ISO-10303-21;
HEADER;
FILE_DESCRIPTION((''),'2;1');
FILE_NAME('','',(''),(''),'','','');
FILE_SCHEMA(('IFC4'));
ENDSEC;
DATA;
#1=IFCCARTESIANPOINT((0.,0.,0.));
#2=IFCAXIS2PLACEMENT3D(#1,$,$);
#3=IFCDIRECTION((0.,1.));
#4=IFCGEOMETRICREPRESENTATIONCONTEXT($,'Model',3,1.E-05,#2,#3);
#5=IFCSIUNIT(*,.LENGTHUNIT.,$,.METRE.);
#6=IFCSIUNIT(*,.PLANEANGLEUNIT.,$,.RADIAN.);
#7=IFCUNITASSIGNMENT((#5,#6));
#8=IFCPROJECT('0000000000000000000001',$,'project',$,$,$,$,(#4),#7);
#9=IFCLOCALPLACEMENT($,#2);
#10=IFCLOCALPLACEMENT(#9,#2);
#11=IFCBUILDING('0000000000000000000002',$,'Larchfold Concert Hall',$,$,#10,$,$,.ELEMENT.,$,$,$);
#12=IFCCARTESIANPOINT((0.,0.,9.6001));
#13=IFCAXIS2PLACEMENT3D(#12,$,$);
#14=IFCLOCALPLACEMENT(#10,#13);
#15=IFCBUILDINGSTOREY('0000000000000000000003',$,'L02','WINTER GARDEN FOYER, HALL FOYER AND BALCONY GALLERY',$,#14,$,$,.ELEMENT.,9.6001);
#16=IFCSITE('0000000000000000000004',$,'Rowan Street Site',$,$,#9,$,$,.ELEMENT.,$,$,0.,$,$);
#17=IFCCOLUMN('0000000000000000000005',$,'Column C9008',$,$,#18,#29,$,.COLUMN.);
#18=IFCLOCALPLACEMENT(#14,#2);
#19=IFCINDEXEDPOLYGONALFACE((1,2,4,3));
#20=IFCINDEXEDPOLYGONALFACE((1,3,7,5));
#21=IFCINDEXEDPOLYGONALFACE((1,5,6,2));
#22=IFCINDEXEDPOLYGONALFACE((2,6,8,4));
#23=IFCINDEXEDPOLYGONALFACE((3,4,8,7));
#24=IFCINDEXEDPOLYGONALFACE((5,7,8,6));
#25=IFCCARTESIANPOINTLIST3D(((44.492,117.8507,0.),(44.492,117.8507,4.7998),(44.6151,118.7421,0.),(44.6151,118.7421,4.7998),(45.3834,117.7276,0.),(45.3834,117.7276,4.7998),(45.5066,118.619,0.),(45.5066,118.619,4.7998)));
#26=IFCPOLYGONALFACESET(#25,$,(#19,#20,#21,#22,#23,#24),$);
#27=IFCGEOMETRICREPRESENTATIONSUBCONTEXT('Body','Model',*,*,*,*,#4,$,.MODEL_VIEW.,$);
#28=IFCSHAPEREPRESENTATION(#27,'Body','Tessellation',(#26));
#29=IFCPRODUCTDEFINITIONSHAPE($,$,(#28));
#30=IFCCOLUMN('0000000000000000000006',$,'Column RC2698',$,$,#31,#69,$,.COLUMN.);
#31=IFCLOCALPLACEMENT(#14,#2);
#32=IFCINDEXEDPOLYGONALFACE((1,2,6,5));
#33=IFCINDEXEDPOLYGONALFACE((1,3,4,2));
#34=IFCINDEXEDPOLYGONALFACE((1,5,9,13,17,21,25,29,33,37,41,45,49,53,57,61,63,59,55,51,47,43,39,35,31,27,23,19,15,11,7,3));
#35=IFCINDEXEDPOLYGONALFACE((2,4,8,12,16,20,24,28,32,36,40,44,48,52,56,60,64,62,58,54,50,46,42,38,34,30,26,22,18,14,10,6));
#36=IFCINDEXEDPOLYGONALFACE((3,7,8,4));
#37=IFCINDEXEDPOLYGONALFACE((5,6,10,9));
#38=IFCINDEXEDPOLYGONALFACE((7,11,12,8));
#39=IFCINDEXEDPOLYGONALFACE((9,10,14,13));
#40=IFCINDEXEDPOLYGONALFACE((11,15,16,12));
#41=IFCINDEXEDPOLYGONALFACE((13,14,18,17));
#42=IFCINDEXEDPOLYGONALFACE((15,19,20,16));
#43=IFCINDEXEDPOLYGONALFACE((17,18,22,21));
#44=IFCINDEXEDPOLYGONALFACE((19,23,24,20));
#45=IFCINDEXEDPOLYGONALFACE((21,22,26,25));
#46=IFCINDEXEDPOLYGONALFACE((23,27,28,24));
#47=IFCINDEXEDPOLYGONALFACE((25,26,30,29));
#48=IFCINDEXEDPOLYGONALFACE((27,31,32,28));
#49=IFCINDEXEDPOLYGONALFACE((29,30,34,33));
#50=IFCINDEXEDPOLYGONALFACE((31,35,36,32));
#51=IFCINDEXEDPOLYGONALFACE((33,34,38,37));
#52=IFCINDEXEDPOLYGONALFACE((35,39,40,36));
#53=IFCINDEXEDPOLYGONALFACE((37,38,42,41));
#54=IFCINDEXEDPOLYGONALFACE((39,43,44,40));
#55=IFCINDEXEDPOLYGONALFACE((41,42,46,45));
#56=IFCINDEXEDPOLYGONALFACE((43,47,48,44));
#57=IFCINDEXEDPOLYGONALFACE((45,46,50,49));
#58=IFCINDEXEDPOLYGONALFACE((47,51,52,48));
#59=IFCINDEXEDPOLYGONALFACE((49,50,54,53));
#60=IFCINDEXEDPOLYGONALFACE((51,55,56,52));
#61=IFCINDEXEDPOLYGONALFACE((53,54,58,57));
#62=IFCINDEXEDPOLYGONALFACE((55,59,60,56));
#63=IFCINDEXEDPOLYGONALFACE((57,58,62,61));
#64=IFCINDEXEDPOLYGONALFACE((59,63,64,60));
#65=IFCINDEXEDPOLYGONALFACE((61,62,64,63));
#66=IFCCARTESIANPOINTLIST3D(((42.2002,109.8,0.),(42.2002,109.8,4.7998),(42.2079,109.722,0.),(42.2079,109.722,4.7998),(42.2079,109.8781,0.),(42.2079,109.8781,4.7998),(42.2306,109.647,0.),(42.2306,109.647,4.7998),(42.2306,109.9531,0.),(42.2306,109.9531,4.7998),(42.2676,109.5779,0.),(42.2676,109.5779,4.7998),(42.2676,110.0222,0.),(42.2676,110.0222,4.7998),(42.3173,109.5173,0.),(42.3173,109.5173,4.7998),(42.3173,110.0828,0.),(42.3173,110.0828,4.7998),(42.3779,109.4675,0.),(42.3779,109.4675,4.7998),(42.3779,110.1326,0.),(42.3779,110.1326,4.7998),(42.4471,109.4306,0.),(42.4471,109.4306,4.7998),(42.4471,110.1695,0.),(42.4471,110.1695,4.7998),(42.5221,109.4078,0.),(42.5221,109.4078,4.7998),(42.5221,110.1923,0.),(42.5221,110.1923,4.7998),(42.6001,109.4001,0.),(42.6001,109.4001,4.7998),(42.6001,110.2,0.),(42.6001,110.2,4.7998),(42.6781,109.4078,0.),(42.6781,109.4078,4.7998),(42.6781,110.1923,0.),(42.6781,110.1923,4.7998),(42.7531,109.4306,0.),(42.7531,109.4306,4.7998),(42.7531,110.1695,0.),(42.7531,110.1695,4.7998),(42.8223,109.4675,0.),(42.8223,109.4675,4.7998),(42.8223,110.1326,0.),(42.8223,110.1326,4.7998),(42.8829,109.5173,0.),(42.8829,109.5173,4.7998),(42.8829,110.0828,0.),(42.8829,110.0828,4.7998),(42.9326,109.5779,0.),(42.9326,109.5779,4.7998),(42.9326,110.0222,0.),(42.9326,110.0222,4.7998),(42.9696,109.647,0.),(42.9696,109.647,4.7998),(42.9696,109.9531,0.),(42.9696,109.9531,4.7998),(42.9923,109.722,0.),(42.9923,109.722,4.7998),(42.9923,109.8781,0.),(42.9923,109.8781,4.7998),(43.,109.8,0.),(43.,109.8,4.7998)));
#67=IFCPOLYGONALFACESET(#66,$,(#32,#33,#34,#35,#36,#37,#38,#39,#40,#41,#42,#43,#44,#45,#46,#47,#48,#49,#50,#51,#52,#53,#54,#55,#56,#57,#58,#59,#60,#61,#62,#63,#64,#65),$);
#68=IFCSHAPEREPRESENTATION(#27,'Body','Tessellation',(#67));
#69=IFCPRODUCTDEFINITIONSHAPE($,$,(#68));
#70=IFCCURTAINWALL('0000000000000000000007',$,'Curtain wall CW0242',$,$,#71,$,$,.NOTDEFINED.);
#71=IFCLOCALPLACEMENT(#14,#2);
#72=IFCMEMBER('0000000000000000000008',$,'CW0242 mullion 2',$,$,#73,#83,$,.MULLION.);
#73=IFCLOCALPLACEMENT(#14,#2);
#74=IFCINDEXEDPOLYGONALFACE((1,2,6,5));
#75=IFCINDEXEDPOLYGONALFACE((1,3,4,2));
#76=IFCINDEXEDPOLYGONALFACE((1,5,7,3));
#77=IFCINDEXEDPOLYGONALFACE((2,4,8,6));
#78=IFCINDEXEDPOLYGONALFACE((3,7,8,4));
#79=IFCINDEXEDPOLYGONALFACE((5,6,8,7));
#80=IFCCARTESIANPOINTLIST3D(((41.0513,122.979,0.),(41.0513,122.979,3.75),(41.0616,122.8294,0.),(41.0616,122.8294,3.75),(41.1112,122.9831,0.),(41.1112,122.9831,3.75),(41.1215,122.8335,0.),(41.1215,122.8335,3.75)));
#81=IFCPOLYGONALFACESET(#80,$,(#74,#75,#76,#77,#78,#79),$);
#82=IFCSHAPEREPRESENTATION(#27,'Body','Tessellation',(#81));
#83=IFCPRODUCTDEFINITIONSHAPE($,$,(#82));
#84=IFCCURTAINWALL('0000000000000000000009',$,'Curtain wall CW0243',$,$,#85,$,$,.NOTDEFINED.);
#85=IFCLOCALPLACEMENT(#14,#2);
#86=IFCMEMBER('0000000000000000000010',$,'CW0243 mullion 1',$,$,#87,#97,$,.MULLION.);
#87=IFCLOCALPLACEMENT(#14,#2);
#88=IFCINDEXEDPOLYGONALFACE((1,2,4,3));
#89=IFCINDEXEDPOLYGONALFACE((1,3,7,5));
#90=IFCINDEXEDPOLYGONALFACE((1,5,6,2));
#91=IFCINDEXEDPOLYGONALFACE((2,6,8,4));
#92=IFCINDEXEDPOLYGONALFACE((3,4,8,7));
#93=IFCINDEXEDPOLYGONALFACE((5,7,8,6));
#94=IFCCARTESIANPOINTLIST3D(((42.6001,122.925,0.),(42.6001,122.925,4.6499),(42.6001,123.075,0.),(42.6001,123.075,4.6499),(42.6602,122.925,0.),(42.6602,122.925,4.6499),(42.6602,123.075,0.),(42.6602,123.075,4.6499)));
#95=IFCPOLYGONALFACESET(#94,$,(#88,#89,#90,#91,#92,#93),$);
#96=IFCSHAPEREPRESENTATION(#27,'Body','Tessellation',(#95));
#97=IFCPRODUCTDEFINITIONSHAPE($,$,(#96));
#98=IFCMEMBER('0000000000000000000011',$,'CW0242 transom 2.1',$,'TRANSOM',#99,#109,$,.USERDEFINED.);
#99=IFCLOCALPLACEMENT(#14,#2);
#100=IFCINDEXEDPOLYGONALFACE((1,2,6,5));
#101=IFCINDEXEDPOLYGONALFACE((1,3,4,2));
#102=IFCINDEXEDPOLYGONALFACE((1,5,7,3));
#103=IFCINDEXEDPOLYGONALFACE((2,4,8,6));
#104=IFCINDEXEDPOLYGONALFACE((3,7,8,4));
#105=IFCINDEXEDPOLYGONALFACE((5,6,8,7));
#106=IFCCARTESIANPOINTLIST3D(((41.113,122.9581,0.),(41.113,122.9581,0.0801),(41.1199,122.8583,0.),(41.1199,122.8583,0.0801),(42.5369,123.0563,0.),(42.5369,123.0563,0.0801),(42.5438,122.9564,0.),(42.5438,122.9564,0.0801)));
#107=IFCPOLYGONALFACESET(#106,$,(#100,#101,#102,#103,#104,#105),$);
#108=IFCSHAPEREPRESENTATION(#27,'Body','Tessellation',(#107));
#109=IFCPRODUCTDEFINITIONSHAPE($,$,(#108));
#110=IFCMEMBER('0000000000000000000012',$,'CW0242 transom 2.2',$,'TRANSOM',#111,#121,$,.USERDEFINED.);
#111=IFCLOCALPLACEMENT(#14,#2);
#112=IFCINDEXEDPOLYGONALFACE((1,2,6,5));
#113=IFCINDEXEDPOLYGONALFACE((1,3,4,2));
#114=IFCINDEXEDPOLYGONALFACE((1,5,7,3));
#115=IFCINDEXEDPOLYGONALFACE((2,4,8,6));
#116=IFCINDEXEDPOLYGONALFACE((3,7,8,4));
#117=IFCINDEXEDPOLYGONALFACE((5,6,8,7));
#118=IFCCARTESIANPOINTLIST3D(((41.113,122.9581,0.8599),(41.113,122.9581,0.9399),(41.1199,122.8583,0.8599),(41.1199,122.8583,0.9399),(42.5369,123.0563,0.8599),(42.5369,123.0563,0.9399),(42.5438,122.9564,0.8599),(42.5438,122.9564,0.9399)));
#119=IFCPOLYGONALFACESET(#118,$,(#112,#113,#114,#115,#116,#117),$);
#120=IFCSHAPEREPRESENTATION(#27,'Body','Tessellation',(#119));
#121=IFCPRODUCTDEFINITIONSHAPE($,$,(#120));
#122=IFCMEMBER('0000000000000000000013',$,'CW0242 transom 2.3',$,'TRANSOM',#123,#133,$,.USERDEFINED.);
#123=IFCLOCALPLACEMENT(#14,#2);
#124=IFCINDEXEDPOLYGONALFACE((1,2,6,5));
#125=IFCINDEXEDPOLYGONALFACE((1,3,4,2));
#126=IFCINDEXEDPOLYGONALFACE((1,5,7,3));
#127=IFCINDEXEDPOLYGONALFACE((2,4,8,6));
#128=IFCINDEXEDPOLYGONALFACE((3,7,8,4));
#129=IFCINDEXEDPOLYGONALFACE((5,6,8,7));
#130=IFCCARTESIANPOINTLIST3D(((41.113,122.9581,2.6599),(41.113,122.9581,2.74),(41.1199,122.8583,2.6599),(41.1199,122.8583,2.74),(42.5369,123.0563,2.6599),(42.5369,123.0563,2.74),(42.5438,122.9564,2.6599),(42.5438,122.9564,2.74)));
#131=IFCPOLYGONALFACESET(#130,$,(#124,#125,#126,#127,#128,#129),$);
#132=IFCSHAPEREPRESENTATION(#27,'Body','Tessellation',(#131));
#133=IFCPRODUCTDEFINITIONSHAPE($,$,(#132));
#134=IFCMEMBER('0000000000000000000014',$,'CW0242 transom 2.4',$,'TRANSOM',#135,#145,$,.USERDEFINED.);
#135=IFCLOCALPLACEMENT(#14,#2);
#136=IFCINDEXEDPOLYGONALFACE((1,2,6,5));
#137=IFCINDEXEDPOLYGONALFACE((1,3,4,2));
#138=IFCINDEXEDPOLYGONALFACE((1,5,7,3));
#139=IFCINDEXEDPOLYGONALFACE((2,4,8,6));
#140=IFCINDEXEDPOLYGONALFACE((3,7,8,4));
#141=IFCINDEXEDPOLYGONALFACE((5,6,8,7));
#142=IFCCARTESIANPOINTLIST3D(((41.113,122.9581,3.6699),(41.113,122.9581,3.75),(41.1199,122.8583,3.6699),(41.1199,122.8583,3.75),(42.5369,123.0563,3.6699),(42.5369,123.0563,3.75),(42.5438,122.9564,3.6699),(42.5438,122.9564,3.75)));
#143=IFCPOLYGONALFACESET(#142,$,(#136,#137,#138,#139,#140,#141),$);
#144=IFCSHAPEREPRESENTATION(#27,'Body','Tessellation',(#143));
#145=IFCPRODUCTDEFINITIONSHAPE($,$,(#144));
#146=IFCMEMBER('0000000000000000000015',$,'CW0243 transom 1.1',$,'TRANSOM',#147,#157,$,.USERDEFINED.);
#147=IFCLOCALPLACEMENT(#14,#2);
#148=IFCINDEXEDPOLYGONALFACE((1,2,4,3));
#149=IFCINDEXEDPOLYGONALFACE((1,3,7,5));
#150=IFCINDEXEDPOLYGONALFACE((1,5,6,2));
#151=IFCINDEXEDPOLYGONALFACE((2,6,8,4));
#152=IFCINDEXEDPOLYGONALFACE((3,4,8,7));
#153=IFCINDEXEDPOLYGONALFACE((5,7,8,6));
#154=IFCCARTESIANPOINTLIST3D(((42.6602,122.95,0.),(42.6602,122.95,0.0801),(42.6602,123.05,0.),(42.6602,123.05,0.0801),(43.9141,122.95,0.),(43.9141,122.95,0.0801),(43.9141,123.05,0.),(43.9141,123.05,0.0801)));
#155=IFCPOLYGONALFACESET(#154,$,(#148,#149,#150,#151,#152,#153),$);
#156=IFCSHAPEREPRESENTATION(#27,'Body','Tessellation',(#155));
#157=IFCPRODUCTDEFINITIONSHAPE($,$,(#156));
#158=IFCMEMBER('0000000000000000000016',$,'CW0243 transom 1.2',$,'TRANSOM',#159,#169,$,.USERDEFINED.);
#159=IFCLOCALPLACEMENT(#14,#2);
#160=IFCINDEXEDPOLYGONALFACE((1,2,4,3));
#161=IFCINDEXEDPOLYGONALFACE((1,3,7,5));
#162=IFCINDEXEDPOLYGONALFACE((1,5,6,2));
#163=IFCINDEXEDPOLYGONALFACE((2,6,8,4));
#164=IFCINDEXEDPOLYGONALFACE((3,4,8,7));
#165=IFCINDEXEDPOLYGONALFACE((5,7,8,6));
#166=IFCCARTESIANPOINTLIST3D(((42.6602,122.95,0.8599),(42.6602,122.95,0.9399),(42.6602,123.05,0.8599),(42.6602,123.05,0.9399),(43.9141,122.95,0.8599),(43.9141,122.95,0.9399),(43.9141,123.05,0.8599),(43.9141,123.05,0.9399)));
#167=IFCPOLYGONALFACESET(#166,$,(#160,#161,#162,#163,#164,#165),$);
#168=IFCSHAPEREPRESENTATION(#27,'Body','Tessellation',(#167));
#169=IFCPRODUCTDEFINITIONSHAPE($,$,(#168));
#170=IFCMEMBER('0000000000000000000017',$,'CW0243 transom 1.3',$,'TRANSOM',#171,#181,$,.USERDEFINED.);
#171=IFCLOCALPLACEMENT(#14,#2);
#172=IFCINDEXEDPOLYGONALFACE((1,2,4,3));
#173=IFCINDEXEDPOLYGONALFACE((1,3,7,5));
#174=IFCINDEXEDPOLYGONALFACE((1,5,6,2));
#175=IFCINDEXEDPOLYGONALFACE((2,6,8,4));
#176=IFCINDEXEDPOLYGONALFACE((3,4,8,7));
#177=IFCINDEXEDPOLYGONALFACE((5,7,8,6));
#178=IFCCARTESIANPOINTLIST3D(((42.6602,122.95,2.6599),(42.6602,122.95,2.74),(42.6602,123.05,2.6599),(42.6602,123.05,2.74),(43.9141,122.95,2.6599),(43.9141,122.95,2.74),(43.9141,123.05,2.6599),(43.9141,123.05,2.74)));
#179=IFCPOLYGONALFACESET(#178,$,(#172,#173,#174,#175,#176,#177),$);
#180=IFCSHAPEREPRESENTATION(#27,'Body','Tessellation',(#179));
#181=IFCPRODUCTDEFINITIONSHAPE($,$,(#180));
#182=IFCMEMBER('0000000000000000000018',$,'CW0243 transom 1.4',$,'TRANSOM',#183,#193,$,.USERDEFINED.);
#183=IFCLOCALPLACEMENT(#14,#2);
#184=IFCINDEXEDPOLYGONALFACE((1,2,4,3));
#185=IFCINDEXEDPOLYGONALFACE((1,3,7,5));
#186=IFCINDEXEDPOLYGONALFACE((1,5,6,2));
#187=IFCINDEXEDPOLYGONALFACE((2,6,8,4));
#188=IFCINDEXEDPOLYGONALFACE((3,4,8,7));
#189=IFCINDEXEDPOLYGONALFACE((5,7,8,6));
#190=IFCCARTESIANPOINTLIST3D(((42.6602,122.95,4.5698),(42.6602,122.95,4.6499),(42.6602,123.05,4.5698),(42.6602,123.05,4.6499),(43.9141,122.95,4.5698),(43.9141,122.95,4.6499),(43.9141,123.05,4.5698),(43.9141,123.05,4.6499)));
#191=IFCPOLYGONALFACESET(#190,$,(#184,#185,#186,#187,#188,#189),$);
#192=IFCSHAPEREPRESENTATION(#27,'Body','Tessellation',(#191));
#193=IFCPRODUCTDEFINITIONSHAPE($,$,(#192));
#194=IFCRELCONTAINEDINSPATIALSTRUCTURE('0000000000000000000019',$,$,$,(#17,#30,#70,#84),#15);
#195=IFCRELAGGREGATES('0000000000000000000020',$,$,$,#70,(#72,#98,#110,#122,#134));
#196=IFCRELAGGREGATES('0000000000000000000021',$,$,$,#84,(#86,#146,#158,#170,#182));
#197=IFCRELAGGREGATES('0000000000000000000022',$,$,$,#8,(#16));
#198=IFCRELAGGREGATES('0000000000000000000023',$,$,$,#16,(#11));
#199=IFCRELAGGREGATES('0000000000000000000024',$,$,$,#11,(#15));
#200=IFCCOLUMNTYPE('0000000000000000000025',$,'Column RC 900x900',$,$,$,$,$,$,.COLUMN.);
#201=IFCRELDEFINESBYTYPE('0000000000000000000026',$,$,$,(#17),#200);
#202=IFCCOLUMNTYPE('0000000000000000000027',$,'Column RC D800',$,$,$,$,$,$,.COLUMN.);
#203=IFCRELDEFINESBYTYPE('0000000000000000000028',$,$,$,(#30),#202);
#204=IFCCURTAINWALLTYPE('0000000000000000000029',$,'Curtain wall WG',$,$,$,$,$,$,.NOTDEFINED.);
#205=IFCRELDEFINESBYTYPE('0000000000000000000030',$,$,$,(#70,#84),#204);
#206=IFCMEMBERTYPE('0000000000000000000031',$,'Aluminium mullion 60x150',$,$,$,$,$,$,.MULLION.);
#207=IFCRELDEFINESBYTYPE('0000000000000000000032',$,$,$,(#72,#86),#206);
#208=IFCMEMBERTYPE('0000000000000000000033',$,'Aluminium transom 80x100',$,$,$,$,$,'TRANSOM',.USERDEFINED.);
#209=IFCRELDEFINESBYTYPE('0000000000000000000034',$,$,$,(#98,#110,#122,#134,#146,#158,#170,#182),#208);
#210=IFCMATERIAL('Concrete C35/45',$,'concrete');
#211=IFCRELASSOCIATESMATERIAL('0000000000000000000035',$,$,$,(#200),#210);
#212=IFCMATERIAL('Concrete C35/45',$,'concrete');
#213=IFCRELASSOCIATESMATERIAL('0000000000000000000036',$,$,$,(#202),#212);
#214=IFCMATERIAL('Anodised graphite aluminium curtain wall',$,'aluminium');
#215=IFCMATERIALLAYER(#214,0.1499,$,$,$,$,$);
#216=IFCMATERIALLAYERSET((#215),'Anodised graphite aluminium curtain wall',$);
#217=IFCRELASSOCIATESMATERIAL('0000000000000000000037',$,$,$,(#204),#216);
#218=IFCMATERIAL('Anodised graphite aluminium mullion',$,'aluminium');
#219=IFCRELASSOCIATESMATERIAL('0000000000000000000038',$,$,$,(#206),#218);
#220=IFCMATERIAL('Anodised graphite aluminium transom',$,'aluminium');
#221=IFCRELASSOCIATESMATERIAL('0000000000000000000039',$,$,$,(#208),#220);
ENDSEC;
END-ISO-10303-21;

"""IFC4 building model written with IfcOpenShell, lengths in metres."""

from ifc_helpers import new_model, si_unit, direction, frame, origin, origin_2d, place, context, subcontext, project, spatial, rectangle, circle, extrude, material, layer, layer_set, material_profile, profile_set, type_object, element, aggregate, save


model = new_model("IFC4")

# Units and contexts
model_context = context("Model", 3, precision=1e-05, world=origin(), true_north=direction((0.0, 1.0)))
body_context = subcontext(model_context, "Body", "Model", "MODEL_VIEW")
ifc_project = project(units=[si_unit("LENGTHUNIT", "METRE"), si_unit("PLANEANGLEUNIT", "RADIAN")], contexts=[model_context])

# Site, building, storey
site_placement = place(None, origin())
site = spatial("IfcSite", under=ifc_project, at=site_placement, Name="Rowan Street Site", CompositionType="ELEMENT", RefElevation=0.0)
building_placement = place(site_placement, origin())
building = spatial("IfcBuilding", under=site, at=building_placement, Name="Larchfold Concert Hall", CompositionType="ELEMENT")
storey_placement = place(building_placement, frame((0.0, 0.0, 9.6001)))
storey = spatial("IfcBuildingStorey", under=building, at=storey_placement, Name="L02", Description="WINTER GARDEN FOYER, HALL FOYER AND BALCONY GALLERY", CompositionType="ELEMENT", Elevation=9.6001)

# Columns
ifc_material_1 = material(Name="Concrete C35/45", Category="concrete")
ifc_material_profile_1 = material_profile(ifc_material_1, rectangle(XDim=0.8999, YDim=0.8999, at=origin_2d()))
ifc_profile_set_1 = profile_set([ifc_material_profile_1], Name="Concrete C35/45")
column_type_1 = type_object("IfcColumnType", Name="Column RC 900x900", PredefinedType="COLUMN", material=ifc_profile_set_1)
column_1_placement = place(storey_placement, frame((44.9993, 118.2349, 0.0), z_axis=(0.0, 0.0, 1.0), x_axis=(0.136831, 0.990594, 0.0)))
element("IfcColumn", 1, at=column_1_placement, inside=storey, type_object=column_type_1, Name="Column C9008", PredefinedType="COLUMN", context=body_context, shape_type="SweptSolid", body=[
    extrude(rectangle(XDim=0.8999, YDim=0.8999, at=origin_2d()), origin(), (0.0, 0.0, 1.0), 4.7998),
])
ifc_material_2 = material(Name="Concrete C35/45", Category="concrete")
ifc_material_profile_2 = material_profile(ifc_material_2, circle(Radius=0.3999, at=origin_2d()))
ifc_profile_set_2 = profile_set([ifc_material_profile_2], Name="Concrete C35/45")
column_type_2 = type_object("IfcColumnType", Name="Column RC D800", PredefinedType="COLUMN", material=ifc_profile_set_2)
column_2_placement = place(storey_placement, frame((42.6001, 109.8, 0.0), z_axis=(0.0, 0.0, 1.0), x_axis=(1.0, 0.0, 0.0)))
element("IfcColumn", 2, at=column_2_placement, inside=storey, type_object=column_type_2, Name="Column RC2698", PredefinedType="COLUMN", context=body_context, shape_type="SweptSolid", body=[
    extrude(circle(Radius=0.3999, at=origin_2d()), origin(), (0.0, 0.0, 1.0), 4.7998),
])

# Curtain walls, members
ifc_material_3 = material(Name="Anodised graphite aluminium curtain wall", Category="aluminium")
ifc_layer_1 = layer(ifc_material_3, 0.1499)
ifc_layer_set_1 = layer_set([ifc_layer_1], Name="Anodised graphite aluminium curtain wall")
curtain_wall_type = type_object("IfcCurtainWallType", Name="Curtain wall WG", PredefinedType="NOTDEFINED", material=ifc_layer_set_1)
curtain_wall_1_placement = place(storey_placement, origin())
curtain_wall_1 = element("IfcCurtainWall", 3, at=curtain_wall_1_placement, inside=storey, type_object=curtain_wall_type, Name="Curtain wall CW0242", PredefinedType="NOTDEFINED")
ifc_material_4 = material(Name="Anodised graphite aluminium mullion", Category="aluminium")
ifc_material_profile_3 = material_profile(ifc_material_4, rectangle(XDim=0.1499, YDim=0.0601, at=origin_2d()))
ifc_profile_set_3 = profile_set([ifc_material_profile_3], Name="Anodised graphite aluminium mullion")
member_type_1 = type_object("IfcMemberType", Name="Aluminium mullion 60x150", PredefinedType="MULLION", material=ifc_profile_set_3)
member_1_placement = place(storey_placement, frame((41.0864, 122.9062, 0.0), z_axis=(0.0, 0.0, 1.0), x_axis=(-0.068708, 0.997637, 0.0)))
member_1 = element("IfcMember", 4, at=member_1_placement, type_object=member_type_1, Name="CW0242 mullion 2", PredefinedType="MULLION", context=body_context, shape_type="SweptSolid", body=[
    extrude(rectangle(XDim=0.1499, YDim=0.0601, at=origin_2d()), origin(), (0.0, 0.0, 1.0), 3.75),
])
curtain_wall_2_placement = place(storey_placement, origin())
curtain_wall_2 = element("IfcCurtainWall", 5, at=curtain_wall_2_placement, inside=storey, type_object=curtain_wall_type, Name="Curtain wall CW0243", PredefinedType="NOTDEFINED")
member_2_placement = place(storey_placement, frame((42.6301, 123.0, 0.0), z_axis=(0.0, 0.0, 1.0), x_axis=(0.0, 1.0, 0.0)))
member_2 = element("IfcMember", 6, at=member_2_placement, type_object=member_type_1, Name="CW0243 mullion 1", PredefinedType="MULLION", context=body_context, shape_type="SweptSolid", body=[
    extrude(rectangle(XDim=0.1499, YDim=0.0601, at=origin_2d()), origin(), (0.0, 0.0, 1.0), 4.6499),
])

# Members
ifc_material_5 = material(Name="Anodised graphite aluminium transom", Category="aluminium")
ifc_material_profile_4 = material_profile(ifc_material_5, rectangle(XDim=0.1001, YDim=0.0801, at=origin_2d()))
ifc_profile_set_4 = profile_set([ifc_material_profile_4], Name="Anodised graphite aluminium transom")
member_type_2 = type_object("IfcMemberType", Name="Aluminium transom 80x100", ElementType="TRANSOM", PredefinedType="USERDEFINED", material=ifc_profile_set_4)
member_3_placement = place(storey_placement, frame((41.1165, 122.9082, 0.04), z_axis=(0.997633, 0.068767, 0.0), x_axis=(-0.068767, 0.997633, 0.0)))
member_3 = element("IfcMember", 7, at=member_3_placement, type_object=member_type_2, Name="CW0242 transom 2.1", ObjectType="TRANSOM", PredefinedType="USERDEFINED", context=body_context, shape_type="SweptSolid", body=[
    extrude(rectangle(XDim=0.1001, YDim=0.0801, at=origin_2d()), origin(), (0.0, 0.0, 1.0), 1.4272),
])
member_4_placement = place(storey_placement, frame((41.1165, 122.9082, 0.8999), z_axis=(0.997633, 0.068767, 0.0), x_axis=(-0.068767, 0.997633, 0.0)))
member_4 = element("IfcMember", 8, at=member_4_placement, type_object=member_type_2, Name="CW0242 transom 2.2", ObjectType="TRANSOM", PredefinedType="USERDEFINED", context=body_context, shape_type="SweptSolid", body=[
    extrude(rectangle(XDim=0.1001, YDim=0.0801, at=origin_2d()), origin(), (0.0, 0.0, 1.0), 1.4272),
])
member_5_placement = place(storey_placement, frame((41.1165, 122.9082, 2.7), z_axis=(0.997633, 0.068767, 0.0), x_axis=(-0.068767, 0.997633, 0.0)))
member_5 = element("IfcMember", 9, at=member_5_placement, type_object=member_type_2, Name="CW0242 transom 2.3", ObjectType="TRANSOM", PredefinedType="USERDEFINED", context=body_context, shape_type="SweptSolid", body=[
    extrude(rectangle(XDim=0.1001, YDim=0.0801, at=origin_2d()), origin(), (0.0, 0.0, 1.0), 1.4272),
])
member_6_placement = place(storey_placement, frame((41.1165, 122.9082, 3.71), z_axis=(0.997633, 0.068767, 0.0), x_axis=(-0.068767, 0.997633, 0.0)))
member_6 = element("IfcMember", 10, at=member_6_placement, type_object=member_type_2, Name="CW0242 transom 2.4", ObjectType="TRANSOM", PredefinedType="USERDEFINED", context=body_context, shape_type="SweptSolid", body=[
    extrude(rectangle(XDim=0.1001, YDim=0.0801, at=origin_2d()), origin(), (0.0, 0.0, 1.0), 1.4272),
])
member_7_placement = place(storey_placement, frame((42.6602, 123.0, 0.04), z_axis=(1.0, 0.0, 0.0), x_axis=(0.0, 1.0, 0.0)))
member_7 = element("IfcMember", 11, at=member_7_placement, type_object=member_type_2, Name="CW0243 transom 1.1", ObjectType="TRANSOM", PredefinedType="USERDEFINED", context=body_context, shape_type="SweptSolid", body=[
    extrude(rectangle(XDim=0.1001, YDim=0.0801, at=origin_2d()), origin(), (0.0, 0.0, 1.0), 1.2539),
])
member_8_placement = place(storey_placement, frame((42.6602, 123.0, 0.8999), z_axis=(1.0, 0.0, 0.0), x_axis=(0.0, 1.0, 0.0)))
member_8 = element("IfcMember", 12, at=member_8_placement, type_object=member_type_2, Name="CW0243 transom 1.2", ObjectType="TRANSOM", PredefinedType="USERDEFINED", context=body_context, shape_type="SweptSolid", body=[
    extrude(rectangle(XDim=0.1001, YDim=0.0801, at=origin_2d()), origin(), (0.0, 0.0, 1.0), 1.2539),
])
member_9_placement = place(storey_placement, frame((42.6602, 123.0, 2.7), z_axis=(1.0, 0.0, 0.0), x_axis=(0.0, 1.0, 0.0)))
member_9 = element("IfcMember", 13, at=member_9_placement, type_object=member_type_2, Name="CW0243 transom 1.3", ObjectType="TRANSOM", PredefinedType="USERDEFINED", context=body_context, shape_type="SweptSolid", body=[
    extrude(rectangle(XDim=0.1001, YDim=0.0801, at=origin_2d()), origin(), (0.0, 0.0, 1.0), 1.2539),
])
member_10_placement = place(storey_placement, frame((42.6602, 123.0, 4.6099), z_axis=(1.0, 0.0, 0.0), x_axis=(0.0, 1.0, 0.0)))
member_10 = element("IfcMember", 14, at=member_10_placement, type_object=member_type_2, Name="CW0243 transom 1.4", ObjectType="TRANSOM", PredefinedType="USERDEFINED", context=body_context, shape_type="SweptSolid", body=[
    extrude(rectangle(XDim=0.1001, YDim=0.0801, at=origin_2d()), origin(), (0.0, 0.0, 1.0), 1.2539),
])

aggregate(curtain_wall_1, [member_1, member_3, member_4, member_5, member_6])
aggregate(curtain_wall_2, [member_2, member_7, member_8, member_9, member_10])

save(model, "model.ifc")
